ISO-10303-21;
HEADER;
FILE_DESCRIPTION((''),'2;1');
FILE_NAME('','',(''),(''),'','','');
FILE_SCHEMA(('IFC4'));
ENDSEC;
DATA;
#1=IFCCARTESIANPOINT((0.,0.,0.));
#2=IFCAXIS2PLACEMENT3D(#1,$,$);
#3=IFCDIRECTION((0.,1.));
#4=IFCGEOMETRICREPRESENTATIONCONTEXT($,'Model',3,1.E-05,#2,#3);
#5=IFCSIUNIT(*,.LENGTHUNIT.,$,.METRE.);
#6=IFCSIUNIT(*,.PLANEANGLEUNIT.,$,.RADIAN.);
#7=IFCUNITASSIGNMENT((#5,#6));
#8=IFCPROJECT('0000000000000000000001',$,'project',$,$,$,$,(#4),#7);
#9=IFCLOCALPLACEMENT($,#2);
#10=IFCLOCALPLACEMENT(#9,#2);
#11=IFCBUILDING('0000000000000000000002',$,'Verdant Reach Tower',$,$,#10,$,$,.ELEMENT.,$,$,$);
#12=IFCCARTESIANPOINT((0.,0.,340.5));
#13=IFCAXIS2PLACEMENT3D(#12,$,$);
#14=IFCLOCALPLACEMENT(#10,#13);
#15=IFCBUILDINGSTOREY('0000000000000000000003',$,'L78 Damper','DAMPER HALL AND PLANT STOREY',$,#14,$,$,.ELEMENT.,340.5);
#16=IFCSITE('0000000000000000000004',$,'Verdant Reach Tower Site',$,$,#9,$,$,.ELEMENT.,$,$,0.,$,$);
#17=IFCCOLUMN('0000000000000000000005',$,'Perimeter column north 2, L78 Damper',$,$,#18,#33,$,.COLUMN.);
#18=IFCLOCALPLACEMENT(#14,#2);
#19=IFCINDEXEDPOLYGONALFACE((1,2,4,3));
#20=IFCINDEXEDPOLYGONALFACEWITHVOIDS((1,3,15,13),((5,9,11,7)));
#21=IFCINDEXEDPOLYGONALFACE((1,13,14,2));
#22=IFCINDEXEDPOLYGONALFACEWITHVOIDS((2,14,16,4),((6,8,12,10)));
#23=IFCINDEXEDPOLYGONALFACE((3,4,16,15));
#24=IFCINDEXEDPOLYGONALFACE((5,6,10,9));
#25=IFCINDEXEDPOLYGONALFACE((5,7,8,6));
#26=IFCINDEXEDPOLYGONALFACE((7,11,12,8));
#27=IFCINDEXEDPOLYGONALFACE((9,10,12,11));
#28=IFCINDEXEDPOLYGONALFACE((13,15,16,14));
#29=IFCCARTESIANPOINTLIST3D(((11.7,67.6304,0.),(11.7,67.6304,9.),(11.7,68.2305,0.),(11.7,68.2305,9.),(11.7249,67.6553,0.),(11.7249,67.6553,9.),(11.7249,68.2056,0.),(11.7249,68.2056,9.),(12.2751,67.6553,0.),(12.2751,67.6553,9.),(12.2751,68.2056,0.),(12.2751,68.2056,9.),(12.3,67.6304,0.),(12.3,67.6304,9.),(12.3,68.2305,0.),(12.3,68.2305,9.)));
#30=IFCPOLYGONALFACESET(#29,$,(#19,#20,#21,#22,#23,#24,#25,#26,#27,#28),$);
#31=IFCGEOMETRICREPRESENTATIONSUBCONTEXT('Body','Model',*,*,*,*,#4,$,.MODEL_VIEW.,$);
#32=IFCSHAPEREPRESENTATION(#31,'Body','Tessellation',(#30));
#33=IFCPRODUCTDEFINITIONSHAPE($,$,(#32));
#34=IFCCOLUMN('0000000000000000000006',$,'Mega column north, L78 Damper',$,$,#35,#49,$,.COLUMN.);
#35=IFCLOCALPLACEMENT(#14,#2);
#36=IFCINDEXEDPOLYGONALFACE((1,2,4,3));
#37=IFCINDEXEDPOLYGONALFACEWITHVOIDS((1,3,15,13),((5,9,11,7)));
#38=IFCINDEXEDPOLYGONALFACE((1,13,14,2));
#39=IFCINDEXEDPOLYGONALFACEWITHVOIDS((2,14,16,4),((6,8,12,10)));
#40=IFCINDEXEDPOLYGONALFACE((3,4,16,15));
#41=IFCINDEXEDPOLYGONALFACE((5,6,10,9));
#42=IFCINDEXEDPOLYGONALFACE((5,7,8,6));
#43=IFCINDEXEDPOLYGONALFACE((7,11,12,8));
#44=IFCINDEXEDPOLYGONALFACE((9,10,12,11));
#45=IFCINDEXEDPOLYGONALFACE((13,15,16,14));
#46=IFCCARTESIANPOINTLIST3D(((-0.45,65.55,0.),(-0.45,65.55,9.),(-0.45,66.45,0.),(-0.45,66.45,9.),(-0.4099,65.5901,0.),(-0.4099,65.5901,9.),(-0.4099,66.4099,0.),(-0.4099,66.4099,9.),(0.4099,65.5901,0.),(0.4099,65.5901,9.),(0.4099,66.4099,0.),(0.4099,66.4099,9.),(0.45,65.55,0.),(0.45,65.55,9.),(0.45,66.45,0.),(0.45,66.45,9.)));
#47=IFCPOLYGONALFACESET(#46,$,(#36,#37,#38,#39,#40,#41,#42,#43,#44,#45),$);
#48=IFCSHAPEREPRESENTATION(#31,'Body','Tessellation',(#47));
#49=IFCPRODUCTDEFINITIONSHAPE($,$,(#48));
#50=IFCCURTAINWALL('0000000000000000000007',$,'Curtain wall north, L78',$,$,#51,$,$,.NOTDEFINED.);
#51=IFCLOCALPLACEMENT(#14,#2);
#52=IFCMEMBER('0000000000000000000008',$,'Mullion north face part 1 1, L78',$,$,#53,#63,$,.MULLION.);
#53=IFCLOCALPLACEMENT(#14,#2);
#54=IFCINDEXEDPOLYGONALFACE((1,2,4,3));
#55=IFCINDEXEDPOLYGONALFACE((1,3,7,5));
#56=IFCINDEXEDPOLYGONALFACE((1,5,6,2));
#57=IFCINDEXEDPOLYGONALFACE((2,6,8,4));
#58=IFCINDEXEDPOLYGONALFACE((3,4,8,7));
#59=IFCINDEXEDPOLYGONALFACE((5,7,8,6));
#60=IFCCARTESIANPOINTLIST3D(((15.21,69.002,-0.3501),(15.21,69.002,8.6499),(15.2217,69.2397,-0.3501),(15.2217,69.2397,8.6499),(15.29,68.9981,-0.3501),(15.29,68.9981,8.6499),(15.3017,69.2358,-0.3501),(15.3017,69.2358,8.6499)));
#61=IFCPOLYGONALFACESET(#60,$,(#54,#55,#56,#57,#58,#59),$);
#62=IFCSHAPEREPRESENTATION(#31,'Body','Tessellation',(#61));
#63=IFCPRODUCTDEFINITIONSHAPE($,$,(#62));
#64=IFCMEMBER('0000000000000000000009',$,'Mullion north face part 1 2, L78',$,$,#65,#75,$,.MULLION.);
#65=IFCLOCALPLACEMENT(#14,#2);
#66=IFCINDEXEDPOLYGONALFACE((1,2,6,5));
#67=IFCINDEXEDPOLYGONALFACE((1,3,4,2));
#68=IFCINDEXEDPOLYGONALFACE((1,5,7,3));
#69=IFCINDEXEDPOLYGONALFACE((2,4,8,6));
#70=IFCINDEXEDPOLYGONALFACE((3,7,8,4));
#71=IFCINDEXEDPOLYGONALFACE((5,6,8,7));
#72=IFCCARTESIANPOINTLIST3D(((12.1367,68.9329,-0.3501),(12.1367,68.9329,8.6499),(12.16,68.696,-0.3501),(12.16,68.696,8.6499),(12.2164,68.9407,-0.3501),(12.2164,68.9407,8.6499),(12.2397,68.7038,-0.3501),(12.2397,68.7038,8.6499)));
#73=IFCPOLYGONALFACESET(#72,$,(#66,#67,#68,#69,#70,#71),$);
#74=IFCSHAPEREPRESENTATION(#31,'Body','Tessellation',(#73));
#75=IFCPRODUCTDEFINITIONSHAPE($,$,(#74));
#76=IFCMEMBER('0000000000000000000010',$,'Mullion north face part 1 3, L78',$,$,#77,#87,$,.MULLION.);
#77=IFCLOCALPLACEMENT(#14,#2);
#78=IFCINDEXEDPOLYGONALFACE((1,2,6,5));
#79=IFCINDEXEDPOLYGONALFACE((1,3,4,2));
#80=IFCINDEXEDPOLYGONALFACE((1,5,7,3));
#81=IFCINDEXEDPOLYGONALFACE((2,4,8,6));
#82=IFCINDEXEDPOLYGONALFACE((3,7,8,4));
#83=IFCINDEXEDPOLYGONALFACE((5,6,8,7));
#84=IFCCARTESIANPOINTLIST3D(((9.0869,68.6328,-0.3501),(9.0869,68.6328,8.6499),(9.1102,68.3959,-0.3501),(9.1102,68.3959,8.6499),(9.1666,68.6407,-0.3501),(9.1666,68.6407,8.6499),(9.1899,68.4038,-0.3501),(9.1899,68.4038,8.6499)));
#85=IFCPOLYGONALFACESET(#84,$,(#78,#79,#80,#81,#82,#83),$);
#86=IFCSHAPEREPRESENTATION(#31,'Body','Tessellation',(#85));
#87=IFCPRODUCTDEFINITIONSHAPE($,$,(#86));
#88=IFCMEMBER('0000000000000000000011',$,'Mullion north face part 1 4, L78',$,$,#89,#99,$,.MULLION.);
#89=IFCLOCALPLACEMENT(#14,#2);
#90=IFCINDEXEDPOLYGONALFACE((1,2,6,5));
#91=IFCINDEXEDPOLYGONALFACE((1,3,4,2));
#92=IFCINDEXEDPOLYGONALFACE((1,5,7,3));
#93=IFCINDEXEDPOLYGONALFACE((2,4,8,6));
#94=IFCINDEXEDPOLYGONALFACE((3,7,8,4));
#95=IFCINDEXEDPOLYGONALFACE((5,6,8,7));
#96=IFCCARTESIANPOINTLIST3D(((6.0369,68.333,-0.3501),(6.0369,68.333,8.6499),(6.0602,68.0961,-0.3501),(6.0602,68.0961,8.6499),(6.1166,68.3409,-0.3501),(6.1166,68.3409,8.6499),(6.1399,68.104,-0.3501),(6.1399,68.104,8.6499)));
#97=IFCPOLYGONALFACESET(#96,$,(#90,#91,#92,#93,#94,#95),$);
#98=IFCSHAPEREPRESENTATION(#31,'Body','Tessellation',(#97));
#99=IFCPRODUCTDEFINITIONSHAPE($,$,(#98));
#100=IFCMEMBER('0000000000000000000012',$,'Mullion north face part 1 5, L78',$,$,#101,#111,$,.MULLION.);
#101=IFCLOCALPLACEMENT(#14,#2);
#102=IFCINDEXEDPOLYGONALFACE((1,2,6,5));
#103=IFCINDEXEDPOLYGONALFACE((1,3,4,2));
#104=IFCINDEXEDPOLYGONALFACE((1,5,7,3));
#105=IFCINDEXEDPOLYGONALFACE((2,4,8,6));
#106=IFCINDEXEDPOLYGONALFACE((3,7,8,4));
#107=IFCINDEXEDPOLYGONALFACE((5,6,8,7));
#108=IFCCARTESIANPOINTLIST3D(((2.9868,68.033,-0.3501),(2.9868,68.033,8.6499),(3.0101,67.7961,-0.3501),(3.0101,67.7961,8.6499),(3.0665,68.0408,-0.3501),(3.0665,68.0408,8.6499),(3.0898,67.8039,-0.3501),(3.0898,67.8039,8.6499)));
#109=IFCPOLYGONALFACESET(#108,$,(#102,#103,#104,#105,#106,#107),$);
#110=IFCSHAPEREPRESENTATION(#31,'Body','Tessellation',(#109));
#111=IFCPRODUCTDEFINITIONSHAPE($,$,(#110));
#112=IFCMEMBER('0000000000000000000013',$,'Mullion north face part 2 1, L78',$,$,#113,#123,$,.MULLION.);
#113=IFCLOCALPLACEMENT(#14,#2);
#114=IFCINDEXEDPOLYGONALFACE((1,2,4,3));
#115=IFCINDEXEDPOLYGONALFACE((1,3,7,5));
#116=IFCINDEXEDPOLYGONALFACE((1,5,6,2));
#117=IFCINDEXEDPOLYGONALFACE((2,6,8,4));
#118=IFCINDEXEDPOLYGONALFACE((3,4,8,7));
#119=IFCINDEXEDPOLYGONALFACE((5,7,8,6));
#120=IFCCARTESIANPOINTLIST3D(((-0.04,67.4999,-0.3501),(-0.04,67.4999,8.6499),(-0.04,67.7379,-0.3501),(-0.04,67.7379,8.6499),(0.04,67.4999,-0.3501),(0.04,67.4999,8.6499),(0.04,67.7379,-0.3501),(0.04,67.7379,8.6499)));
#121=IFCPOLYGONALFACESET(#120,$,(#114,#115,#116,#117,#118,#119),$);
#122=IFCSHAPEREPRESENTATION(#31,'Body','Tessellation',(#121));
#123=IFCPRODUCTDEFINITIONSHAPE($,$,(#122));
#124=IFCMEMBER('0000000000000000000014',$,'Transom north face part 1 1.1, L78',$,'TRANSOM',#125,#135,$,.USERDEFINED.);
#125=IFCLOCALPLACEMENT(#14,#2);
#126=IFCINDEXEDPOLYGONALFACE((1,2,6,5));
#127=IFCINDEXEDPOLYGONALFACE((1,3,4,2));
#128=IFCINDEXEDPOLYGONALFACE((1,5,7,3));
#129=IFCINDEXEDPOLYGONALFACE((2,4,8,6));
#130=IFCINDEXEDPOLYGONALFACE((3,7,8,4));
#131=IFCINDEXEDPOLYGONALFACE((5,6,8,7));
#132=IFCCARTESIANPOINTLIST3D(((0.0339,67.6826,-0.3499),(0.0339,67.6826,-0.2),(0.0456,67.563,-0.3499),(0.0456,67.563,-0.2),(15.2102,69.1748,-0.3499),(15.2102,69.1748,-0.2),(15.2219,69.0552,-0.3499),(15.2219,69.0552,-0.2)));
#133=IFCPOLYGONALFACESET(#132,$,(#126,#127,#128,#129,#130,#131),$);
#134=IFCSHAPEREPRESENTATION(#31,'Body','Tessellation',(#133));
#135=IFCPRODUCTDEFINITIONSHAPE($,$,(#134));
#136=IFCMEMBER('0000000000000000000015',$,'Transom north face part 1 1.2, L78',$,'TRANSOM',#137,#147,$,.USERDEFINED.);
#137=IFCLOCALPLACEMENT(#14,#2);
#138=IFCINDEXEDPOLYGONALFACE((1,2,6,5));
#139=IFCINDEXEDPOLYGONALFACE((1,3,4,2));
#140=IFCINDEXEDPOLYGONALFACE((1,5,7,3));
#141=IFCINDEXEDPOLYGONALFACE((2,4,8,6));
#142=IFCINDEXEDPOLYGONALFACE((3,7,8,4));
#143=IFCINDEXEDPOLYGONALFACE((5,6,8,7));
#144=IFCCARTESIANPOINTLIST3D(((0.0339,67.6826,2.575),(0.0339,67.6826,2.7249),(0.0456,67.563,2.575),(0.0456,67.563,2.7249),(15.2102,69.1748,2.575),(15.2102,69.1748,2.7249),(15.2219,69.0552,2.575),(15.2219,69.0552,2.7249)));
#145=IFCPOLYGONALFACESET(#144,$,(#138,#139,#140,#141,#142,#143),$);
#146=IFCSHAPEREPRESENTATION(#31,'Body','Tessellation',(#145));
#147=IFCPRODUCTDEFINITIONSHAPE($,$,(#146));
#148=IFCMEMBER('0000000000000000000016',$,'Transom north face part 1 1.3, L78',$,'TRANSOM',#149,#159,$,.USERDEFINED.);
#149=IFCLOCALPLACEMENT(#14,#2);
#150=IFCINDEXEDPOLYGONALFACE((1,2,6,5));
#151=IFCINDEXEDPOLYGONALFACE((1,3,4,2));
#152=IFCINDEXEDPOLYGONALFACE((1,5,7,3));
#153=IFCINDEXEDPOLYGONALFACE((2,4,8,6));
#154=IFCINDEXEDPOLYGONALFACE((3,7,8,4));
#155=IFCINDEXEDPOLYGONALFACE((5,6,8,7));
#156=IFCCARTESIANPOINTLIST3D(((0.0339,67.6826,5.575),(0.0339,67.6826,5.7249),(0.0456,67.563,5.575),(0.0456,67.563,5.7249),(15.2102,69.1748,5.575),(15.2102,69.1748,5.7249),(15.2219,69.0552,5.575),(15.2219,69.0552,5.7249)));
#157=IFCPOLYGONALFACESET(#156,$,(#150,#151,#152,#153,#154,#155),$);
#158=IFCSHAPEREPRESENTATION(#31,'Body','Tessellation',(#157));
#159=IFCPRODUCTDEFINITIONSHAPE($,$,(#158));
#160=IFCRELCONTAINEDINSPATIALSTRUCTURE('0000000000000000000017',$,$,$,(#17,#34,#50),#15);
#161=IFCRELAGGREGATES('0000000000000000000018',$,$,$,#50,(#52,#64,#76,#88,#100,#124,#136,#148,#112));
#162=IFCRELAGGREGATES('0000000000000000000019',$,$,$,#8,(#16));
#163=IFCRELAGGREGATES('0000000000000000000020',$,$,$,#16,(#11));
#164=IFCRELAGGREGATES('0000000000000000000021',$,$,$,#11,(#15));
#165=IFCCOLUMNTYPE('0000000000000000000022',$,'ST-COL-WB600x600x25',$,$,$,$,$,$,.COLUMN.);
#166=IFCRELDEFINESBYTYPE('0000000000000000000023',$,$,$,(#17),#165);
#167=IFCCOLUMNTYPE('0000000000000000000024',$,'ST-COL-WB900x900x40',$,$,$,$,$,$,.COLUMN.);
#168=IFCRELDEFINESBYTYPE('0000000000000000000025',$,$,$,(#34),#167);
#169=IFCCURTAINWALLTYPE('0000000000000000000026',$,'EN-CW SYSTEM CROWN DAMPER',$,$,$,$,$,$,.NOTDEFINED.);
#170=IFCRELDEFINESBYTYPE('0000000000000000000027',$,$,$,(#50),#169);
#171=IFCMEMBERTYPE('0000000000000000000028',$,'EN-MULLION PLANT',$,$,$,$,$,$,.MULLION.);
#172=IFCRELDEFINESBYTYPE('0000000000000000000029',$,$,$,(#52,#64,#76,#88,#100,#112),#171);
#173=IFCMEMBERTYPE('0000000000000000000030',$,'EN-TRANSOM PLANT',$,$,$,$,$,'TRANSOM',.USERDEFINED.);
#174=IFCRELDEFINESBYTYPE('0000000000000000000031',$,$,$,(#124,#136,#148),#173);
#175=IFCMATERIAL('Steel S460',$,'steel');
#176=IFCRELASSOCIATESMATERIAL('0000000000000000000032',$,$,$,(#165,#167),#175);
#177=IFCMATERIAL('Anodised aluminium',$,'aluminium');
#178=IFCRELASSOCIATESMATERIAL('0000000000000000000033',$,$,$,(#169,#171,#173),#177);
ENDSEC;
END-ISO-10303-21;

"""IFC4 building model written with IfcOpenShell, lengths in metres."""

from ifc_helpers import new_model, si_unit, direction, frame, origin, origin_2d, place, context, subcontext, project, spatial, rectangle, hollow_rectangle, extrude, material, material_profile, profile_set, type_object, element, aggregate, save


model = new_model("IFC4")

# Units and contexts
model_context = context("Model", 3, precision=1e-05, world=origin(), true_north=direction((0.0, 1.0)))
body_context = subcontext(model_context, "Body", "Model", "MODEL_VIEW")
ifc_project = project(units=[si_unit("LENGTHUNIT", "METRE"), si_unit("PLANEANGLEUNIT", "RADIAN")], contexts=[model_context])

# Site, building, storey
site_placement = place(None, origin())
site = spatial("IfcSite", under=ifc_project, at=site_placement, Name="Verdant Reach Tower Site", CompositionType="ELEMENT", RefElevation=0.0)
building_placement = place(site_placement, origin())
building = spatial("IfcBuilding", under=site, at=building_placement, Name="Verdant Reach Tower", CompositionType="ELEMENT")
storey_placement = place(building_placement, frame((0.0, 0.0, 340.5)))
storey = spatial("IfcBuildingStorey", under=building, at=storey_placement, Name="L78 Damper", Description="DAMPER HALL AND PLANT STOREY", CompositionType="ELEMENT", Elevation=340.5)

# Columns
ifc_material_1 = material(Name="Steel S460", Category="steel")
ifc_material_profile_1 = material_profile(ifc_material_1, hollow_rectangle(XDim=0.6001, YDim=0.6001, WallThickness=0.0249, at=origin_2d()), Name="WB 600x600x25")
ifc_profile_set_1 = profile_set([ifc_material_profile_1], Name="Steel S460")
column_type_1 = type_object("IfcColumnType", Name="ST-COL-WB600x600x25", PredefinedType="COLUMN", material=ifc_profile_set_1)
column_1_placement = place(storey_placement, frame((12.0, 67.9304, 0.0), z_axis=(0.0, 0.0, 1.0), x_axis=(1.0, 0.0, 0.0)))
element("IfcColumn", 1, at=column_1_placement, inside=storey, type_object=column_type_1, Name="Perimeter column north 2, L78 Damper", PredefinedType="COLUMN", context=body_context, shape_type="SweptSolid", body=[
    extrude(hollow_rectangle(XDim=0.6001, YDim=0.6001, WallThickness=0.0249, at=origin_2d()), origin(), (0.0, 0.0, 1.0), 9.0),
])
ifc_material_profile_2 = material_profile(ifc_material_1, hollow_rectangle(XDim=0.8999, YDim=0.8999, WallThickness=0.04, at=origin_2d()), Name="WB 900x900x40")
ifc_profile_set_2 = profile_set([ifc_material_profile_2], Name="Steel S460")
column_type_2 = type_object("IfcColumnType", Name="ST-COL-WB900x900x40", PredefinedType="COLUMN", material=ifc_profile_set_2)
column_2_placement = place(storey_placement, frame((0.0, 66.0, 0.0), z_axis=(0.0, 0.0, 1.0), x_axis=(1.0, 0.0, 0.0)))
element("IfcColumn", 2, at=column_2_placement, inside=storey, type_object=column_type_2, Name="Mega column north, L78 Damper", PredefinedType="COLUMN", context=body_context, shape_type="SweptSolid", body=[
    extrude(hollow_rectangle(XDim=0.8999, YDim=0.8999, WallThickness=0.04, at=origin_2d()), origin(), (0.0, 0.0, 1.0), 9.0),
])

# Curtain wall, members
ifc_material_2 = material(Name="Anodised aluminium", Category="aluminium")
curtain_wall_type = type_object("IfcCurtainWallType", Name="EN-CW SYSTEM CROWN DAMPER", PredefinedType="NOTDEFINED", material=ifc_material_2)
curtain_wall_1_placement = place(storey_placement, origin())
curtain_wall_1 = element("IfcCurtainWall", 3, at=curtain_wall_1_placement, inside=storey, type_object=curtain_wall_type, Name="Curtain wall north, L78", PredefinedType="NOTDEFINED")
ifc_material_profile_3 = material_profile(ifc_material_2, rectangle(XDim=0.238, YDim=0.0801, at=origin_2d()), Name="Mullion 80x240")
ifc_profile_set_3 = profile_set([ifc_material_profile_3], Name="Anodised aluminium")
member_type_1 = type_object("IfcMemberType", Name="EN-MULLION PLANT", PredefinedType="MULLION", material=ifc_profile_set_3)
member_1_placement = place(storey_placement, frame((15.2559, 69.1189, -0.3501), z_axis=(0.0, 0.0, 1.0), x_axis=(0.049128, 0.998793, 0.0)))
member_1 = element("IfcMember", 4, at=member_1_placement, type_object=member_type_1, Name="Mullion north face part 1 1, L78", PredefinedType="MULLION", context=body_context, shape_type="SweptSolid", body=[
    extrude(rectangle(XDim=0.238, YDim=0.0801, at=origin_2d()), origin(), (0.0, 0.0, 1.0), 9.0),
])
member_2_placement = place(storey_placement, frame((12.1882, 68.8184, -0.3501), z_axis=(0.0, 0.0, 1.0), x_axis=(-0.097888, 0.995197, 0.0)))
member_2 = element("IfcMember", 5, at=member_2_placement, type_object=member_type_1, Name="Mullion north face part 1 2, L78", PredefinedType="MULLION", context=body_context, shape_type="SweptSolid", body=[
    extrude(rectangle(XDim=0.238, YDim=0.0801, at=origin_2d()), origin(), (0.0, 0.0, 1.0), 9.0),
])
member_3_placement = place(storey_placement, frame((9.1384, 68.5183, -0.3501), z_axis=(0.0, 0.0, 1.0), x_axis=(-0.097888, 0.995197, 0.0)))
member_3 = element("IfcMember", 6, at=member_3_placement, type_object=member_type_1, Name="Mullion north face part 1 3, L78", PredefinedType="MULLION", context=body_context, shape_type="SweptSolid", body=[
    extrude(rectangle(XDim=0.238, YDim=0.0801, at=origin_2d()), origin(), (0.0, 0.0, 1.0), 9.0),
])
member_4_placement = place(storey_placement, frame((6.0884, 68.2185, -0.3501), z_axis=(0.0, 0.0, 1.0), x_axis=(-0.097888, 0.995197, 0.0)))
member_4 = element("IfcMember", 7, at=member_4_placement, type_object=member_type_1, Name="Mullion north face part 1 4, L78", PredefinedType="MULLION", context=body_context, shape_type="SweptSolid", body=[
    extrude(rectangle(XDim=0.238, YDim=0.0801, at=origin_2d()), origin(), (0.0, 0.0, 1.0), 9.0),
])
member_5_placement = place(storey_placement, frame((3.0383, 67.9185, -0.3501), z_axis=(0.0, 0.0, 1.0), x_axis=(-0.097888, 0.995197, 0.0)))
member_5 = element("IfcMember", 8, at=member_5_placement, type_object=member_type_1, Name="Mullion north face part 1 5, L78", PredefinedType="MULLION", context=body_context, shape_type="SweptSolid", body=[
    extrude(rectangle(XDim=0.238, YDim=0.0801, at=origin_2d()), origin(), (0.0, 0.0, 1.0), 9.0),
])
member_6_placement = place(storey_placement, frame((0.0, 67.6189, -0.3501), z_axis=(0.0, 0.0, 1.0), x_axis=(0.0, 1.0, 0.0)))
member_6 = element("IfcMember", 9, at=member_6_placement, type_object=member_type_1, Name="Mullion north face part 2 1, L78", PredefinedType="MULLION", context=body_context, shape_type="SweptSolid", body=[
    extrude(rectangle(XDim=0.238, YDim=0.0801, at=origin_2d()), origin(), (0.0, 0.0, 1.0), 9.0),
])
ifc_material_profile_4 = material_profile(ifc_material_2, rectangle(XDim=0.1201, YDim=0.1499, at=origin_2d()), Name="Transom 150x120")
ifc_profile_set_4 = profile_set([ifc_material_profile_4], Name="Anodised aluminium")
member_type_2 = type_object("IfcMemberType", Name="EN-TRANSOM PLANT", ElementType="TRANSOM", PredefinedType="USERDEFINED", material=ifc_profile_set_4)
member_7_placement = place(storey_placement, frame((15.2161, 69.115, -0.2749), z_axis=(-0.995201, -0.097852, 0.0), x_axis=(0.097852, -0.995201, 0.0)))
member_7 = element("IfcMember", 10, at=member_7_placement, type_object=member_type_2, Name="Transom north face part 1 1.1, L78", ObjectType="TRANSOM", PredefinedType="USERDEFINED", context=body_context, shape_type="SweptSolid", body=[
    extrude(rectangle(XDim=0.1201, YDim=0.1499, at=origin_2d()), origin(), (0.0, 0.0, 1.0), 15.2495),
])
member_8_placement = place(storey_placement, frame((15.2161, 69.115, 2.6499), z_axis=(-0.995201, -0.097852, 0.0), x_axis=(0.097852, -0.995201, 0.0)))
member_8 = element("IfcMember", 11, at=member_8_placement, type_object=member_type_2, Name="Transom north face part 1 1.2, L78", ObjectType="TRANSOM", PredefinedType="USERDEFINED", context=body_context, shape_type="SweptSolid", body=[
    extrude(rectangle(XDim=0.1201, YDim=0.1499, at=origin_2d()), origin(), (0.0, 0.0, 1.0), 15.2495),
])
member_9_placement = place(storey_placement, frame((15.2161, 69.115, 5.6499), z_axis=(-0.995201, -0.097852, 0.0), x_axis=(0.097852, -0.995201, 0.0)))
member_9 = element("IfcMember", 12, at=member_9_placement, type_object=member_type_2, Name="Transom north face part 1 1.3, L78", ObjectType="TRANSOM", PredefinedType="USERDEFINED", context=body_context, shape_type="SweptSolid", body=[
    extrude(rectangle(XDim=0.1201, YDim=0.1499, at=origin_2d()), origin(), (0.0, 0.0, 1.0), 15.2495),
])

aggregate(curtain_wall_1, [member_1, member_2, member_3, member_4, member_5, member_7, member_8, member_9, member_6])

save(model, "model.ifc")
